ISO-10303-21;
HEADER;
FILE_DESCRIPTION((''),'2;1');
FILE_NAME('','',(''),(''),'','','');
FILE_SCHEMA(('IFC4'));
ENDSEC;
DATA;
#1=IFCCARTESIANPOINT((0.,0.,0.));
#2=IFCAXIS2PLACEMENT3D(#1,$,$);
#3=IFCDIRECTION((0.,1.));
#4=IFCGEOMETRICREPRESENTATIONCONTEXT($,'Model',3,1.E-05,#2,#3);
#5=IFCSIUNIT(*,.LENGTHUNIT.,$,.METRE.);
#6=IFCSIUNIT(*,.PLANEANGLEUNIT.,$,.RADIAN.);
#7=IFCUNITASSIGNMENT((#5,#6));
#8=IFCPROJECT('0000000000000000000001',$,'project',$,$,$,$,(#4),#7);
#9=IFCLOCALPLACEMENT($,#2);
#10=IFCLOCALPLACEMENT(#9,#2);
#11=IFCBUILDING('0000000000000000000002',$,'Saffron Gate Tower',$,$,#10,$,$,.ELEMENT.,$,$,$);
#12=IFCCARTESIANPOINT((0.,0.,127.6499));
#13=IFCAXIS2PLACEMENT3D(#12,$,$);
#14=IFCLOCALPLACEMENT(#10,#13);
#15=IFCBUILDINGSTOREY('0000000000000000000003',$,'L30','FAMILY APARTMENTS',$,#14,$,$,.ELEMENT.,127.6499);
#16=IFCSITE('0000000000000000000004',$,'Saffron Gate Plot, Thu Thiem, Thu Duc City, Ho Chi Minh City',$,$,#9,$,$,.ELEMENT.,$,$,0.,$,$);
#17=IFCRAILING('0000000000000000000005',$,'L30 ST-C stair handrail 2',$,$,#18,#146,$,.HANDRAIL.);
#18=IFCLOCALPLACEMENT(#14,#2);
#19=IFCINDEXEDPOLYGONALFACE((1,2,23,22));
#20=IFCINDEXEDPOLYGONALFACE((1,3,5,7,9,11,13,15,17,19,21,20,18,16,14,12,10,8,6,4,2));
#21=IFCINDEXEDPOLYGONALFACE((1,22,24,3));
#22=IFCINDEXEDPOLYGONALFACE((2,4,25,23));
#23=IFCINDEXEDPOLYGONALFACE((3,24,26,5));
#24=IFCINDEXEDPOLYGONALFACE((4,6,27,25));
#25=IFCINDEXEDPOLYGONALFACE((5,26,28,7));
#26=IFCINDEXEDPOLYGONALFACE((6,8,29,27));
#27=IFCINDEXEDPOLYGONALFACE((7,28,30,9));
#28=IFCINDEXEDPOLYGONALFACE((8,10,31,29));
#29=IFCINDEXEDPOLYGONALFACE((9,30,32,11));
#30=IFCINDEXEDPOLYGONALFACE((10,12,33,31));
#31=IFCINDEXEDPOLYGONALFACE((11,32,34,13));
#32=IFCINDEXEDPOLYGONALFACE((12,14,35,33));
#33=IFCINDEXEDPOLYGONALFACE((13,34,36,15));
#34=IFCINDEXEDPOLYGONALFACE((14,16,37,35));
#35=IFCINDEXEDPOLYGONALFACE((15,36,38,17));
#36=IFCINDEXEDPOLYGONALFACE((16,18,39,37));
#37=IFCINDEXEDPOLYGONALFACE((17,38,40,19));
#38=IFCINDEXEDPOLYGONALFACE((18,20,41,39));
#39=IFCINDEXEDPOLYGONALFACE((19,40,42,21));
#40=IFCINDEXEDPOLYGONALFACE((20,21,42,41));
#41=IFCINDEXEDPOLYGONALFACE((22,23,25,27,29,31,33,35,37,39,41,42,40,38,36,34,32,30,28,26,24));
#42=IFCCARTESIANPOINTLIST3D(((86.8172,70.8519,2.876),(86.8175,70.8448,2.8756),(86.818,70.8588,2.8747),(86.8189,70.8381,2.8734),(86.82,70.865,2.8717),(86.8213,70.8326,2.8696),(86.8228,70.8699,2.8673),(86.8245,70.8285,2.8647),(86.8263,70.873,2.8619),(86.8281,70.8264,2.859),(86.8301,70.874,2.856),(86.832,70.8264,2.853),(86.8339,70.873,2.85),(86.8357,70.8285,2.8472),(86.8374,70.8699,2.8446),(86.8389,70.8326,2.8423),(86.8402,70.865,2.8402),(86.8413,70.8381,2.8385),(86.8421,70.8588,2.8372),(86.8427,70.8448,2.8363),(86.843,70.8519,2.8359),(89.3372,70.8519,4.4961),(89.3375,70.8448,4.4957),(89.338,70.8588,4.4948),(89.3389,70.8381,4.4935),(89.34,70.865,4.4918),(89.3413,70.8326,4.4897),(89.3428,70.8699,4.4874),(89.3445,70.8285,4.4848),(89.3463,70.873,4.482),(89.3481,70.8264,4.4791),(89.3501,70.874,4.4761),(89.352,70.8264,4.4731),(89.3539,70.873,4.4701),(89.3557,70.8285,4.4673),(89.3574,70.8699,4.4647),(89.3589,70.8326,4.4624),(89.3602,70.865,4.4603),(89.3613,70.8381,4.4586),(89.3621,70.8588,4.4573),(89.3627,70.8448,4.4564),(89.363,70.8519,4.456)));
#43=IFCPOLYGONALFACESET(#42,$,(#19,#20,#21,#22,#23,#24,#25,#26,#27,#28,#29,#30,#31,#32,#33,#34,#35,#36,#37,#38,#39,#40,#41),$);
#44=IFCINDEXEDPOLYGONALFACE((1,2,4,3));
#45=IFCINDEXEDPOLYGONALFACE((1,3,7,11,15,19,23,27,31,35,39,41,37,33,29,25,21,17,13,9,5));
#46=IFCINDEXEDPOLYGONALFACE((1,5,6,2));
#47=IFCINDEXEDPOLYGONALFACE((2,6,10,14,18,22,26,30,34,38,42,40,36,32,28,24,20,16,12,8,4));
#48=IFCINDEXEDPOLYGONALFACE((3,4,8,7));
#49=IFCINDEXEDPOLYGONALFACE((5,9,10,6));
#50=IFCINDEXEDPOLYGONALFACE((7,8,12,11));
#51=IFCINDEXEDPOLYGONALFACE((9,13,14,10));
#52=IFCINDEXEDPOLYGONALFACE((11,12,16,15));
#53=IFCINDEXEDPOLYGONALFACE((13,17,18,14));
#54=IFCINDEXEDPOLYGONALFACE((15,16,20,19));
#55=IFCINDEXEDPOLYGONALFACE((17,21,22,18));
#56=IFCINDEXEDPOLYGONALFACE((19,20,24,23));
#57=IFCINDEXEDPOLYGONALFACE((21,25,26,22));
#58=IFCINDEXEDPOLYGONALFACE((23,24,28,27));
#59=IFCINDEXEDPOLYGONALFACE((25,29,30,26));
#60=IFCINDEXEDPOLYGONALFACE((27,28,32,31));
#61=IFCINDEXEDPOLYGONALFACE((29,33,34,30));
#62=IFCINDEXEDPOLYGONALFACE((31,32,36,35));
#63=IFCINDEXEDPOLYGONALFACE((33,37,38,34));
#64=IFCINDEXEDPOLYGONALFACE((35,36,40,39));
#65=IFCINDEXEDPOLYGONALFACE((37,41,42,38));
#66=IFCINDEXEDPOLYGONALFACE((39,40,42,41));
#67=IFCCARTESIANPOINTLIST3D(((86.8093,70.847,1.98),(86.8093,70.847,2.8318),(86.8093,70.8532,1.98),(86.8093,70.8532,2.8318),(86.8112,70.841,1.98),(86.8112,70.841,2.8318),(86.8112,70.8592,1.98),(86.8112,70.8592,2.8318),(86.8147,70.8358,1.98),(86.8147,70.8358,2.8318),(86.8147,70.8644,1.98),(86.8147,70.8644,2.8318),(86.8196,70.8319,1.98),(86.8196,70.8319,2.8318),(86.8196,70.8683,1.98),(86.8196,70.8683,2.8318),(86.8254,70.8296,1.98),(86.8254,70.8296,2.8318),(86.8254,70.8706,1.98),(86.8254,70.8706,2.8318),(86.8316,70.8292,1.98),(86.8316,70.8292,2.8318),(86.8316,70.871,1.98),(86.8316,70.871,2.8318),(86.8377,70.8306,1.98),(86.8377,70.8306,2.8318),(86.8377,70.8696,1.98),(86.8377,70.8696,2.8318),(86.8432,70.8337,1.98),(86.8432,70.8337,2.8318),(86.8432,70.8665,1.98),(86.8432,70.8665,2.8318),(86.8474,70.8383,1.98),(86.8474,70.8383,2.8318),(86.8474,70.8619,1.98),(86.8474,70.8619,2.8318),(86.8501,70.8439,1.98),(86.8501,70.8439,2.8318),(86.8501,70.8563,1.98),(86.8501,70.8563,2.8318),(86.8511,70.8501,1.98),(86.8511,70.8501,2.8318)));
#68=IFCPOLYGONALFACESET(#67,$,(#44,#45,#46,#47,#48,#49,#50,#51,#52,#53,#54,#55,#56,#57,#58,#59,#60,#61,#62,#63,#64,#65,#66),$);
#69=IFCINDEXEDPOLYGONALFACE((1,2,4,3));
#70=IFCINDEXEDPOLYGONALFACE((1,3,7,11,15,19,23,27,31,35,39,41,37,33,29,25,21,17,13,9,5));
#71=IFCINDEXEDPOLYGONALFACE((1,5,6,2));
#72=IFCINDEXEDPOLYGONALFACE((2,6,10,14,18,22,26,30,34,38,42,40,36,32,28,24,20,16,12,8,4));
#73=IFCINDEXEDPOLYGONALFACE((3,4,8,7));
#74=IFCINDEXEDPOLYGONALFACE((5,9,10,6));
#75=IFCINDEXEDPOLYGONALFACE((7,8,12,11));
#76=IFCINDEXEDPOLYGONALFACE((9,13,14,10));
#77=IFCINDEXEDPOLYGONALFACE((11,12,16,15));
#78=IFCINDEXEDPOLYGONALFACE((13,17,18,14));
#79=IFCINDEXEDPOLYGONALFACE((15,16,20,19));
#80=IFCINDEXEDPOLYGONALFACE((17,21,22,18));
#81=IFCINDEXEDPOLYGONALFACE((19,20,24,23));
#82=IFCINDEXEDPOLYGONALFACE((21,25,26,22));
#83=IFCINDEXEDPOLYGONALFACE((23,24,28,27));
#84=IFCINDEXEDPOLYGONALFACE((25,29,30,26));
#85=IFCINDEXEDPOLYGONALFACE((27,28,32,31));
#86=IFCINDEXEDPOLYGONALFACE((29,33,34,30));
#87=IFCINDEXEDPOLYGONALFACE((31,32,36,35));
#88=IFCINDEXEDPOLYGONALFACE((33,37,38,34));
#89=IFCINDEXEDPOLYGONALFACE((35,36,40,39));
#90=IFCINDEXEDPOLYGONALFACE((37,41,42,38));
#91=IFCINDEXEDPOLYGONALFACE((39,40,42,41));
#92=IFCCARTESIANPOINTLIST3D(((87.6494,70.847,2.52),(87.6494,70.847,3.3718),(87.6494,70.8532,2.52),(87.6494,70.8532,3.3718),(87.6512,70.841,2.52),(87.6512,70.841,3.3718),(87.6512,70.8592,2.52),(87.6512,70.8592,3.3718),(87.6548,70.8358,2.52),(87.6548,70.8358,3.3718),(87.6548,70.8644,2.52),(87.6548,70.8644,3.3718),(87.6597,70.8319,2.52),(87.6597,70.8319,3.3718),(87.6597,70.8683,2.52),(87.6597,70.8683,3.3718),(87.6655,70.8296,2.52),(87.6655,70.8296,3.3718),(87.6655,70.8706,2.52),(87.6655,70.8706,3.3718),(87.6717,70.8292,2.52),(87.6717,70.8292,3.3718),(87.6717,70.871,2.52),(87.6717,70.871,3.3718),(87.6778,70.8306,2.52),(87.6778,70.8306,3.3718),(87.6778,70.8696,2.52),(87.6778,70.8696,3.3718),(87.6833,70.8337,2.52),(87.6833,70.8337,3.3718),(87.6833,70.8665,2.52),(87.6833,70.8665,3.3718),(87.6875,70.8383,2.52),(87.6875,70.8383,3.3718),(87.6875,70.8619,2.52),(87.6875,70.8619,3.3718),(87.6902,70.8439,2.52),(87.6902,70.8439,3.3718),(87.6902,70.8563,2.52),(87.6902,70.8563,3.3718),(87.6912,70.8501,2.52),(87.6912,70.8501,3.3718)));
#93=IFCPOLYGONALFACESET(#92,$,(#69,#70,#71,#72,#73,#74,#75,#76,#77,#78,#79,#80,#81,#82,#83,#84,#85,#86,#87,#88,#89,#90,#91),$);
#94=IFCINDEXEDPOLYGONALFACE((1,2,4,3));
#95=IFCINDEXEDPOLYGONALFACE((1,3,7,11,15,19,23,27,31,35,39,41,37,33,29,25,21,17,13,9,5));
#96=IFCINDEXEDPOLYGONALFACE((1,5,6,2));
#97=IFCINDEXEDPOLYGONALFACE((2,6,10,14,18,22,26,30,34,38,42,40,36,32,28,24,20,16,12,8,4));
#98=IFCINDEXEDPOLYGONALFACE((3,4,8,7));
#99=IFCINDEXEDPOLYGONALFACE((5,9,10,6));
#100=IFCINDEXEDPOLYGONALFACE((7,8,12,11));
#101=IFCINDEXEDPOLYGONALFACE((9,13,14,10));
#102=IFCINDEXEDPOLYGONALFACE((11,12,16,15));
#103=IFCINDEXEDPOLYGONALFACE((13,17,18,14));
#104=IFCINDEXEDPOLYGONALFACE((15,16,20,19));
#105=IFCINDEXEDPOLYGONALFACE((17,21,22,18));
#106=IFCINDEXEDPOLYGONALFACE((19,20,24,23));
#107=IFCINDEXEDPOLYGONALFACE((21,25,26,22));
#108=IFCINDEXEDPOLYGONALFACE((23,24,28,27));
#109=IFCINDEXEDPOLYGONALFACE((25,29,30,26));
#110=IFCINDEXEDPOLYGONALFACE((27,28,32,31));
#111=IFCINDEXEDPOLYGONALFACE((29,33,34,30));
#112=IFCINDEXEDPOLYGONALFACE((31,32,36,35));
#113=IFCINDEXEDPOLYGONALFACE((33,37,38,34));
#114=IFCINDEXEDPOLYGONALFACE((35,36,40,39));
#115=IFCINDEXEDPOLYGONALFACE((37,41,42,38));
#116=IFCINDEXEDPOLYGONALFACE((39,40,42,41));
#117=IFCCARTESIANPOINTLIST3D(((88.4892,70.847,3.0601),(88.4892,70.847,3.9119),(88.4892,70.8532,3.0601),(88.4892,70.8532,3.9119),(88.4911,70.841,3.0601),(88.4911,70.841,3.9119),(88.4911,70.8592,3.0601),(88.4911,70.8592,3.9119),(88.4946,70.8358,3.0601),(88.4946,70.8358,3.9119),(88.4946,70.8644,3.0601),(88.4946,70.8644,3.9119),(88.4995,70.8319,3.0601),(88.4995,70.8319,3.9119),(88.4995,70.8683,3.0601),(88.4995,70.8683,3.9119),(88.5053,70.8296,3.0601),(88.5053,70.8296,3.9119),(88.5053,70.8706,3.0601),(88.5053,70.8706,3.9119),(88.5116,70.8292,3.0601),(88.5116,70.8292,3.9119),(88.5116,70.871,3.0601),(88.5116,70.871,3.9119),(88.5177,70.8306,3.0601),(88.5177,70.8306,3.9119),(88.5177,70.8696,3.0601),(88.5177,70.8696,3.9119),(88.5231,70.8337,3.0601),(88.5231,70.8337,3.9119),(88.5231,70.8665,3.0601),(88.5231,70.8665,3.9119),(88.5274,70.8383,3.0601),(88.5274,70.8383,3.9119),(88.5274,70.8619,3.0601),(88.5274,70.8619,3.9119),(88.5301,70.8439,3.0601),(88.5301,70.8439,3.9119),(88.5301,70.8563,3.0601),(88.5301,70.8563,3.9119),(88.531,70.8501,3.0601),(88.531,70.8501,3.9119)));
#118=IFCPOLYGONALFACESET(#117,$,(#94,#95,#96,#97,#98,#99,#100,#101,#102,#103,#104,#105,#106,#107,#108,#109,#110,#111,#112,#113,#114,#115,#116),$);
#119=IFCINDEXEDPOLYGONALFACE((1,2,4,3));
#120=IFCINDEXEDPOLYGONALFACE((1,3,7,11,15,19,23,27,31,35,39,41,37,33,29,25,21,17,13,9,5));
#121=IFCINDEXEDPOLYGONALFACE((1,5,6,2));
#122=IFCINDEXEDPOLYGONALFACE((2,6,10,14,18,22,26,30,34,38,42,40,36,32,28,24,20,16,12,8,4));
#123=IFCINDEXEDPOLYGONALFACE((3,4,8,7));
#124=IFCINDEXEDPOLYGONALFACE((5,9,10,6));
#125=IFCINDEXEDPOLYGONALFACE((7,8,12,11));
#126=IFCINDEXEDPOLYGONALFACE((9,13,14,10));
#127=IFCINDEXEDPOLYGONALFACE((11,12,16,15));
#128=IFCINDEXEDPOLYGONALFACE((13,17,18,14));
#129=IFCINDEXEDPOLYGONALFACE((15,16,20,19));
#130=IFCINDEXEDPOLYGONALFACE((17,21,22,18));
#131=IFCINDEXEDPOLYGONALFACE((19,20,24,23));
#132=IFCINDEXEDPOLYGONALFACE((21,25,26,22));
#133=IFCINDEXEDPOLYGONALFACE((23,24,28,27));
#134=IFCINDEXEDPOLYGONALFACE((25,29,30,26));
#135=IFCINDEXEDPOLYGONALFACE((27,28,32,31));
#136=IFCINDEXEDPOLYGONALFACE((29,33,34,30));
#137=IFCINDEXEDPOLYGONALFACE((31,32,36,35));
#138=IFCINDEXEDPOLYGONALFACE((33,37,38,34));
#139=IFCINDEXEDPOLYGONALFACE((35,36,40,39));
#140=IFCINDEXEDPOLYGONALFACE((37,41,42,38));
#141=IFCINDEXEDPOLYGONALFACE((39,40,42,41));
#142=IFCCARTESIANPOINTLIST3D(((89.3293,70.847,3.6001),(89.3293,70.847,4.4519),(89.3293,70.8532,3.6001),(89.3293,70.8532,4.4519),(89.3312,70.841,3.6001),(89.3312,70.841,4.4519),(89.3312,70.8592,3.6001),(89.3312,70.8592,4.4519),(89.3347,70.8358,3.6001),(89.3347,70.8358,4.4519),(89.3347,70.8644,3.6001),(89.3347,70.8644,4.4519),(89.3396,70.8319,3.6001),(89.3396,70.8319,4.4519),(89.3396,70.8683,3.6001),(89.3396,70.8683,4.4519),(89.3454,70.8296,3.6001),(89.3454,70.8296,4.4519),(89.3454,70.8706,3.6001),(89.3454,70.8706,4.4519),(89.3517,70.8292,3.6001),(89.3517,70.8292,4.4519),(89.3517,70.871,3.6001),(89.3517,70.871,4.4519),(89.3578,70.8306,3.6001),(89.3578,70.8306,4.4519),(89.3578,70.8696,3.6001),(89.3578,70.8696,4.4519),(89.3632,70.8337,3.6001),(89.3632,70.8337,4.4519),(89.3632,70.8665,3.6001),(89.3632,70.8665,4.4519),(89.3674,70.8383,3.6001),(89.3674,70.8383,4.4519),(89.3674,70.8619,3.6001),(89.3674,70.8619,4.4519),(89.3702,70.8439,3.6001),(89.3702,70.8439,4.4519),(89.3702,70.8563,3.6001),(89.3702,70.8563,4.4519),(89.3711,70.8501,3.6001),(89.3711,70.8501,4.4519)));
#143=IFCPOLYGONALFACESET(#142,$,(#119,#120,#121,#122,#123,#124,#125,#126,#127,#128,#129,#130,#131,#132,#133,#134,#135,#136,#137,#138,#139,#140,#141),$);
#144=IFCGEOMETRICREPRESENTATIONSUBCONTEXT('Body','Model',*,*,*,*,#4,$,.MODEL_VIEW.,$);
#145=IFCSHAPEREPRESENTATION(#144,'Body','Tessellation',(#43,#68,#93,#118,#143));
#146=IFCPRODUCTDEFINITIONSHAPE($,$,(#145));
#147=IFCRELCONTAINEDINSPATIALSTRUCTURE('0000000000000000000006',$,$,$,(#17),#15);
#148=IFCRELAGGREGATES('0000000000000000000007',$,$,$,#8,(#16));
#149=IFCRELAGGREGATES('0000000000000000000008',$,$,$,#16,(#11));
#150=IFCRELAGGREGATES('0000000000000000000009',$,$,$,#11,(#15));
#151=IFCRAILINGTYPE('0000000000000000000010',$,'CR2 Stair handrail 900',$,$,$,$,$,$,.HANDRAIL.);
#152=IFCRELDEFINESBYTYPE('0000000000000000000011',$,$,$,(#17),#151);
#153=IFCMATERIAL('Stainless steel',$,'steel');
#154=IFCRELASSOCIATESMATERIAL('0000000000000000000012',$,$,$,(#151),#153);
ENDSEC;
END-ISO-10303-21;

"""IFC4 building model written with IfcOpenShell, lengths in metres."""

from ifc_helpers import new_model, si_unit, direction, frame, origin, origin_2d, place, context, subcontext, project, spatial, circle, extrude, material, type_object, element, save


model = new_model("IFC4")

# Units and contexts
model_context = context("Model", 3, precision=1e-05, world=origin(), true_north=direction((0.0, 1.0)))
body_context = subcontext(model_context, "Body", "Model", "MODEL_VIEW")
ifc_project = project(units=[si_unit("LENGTHUNIT", "METRE"), si_unit("PLANEANGLEUNIT", "RADIAN")], contexts=[model_context])

# Site, building, storey
site_placement = place(None, origin())
site = spatial("IfcSite", under=ifc_project, at=site_placement, Name="Saffron Gate Plot, Thu Thiem, Thu Duc City, Ho Chi Minh City", CompositionType="ELEMENT", RefElevation=0.0)
building_placement = place(site_placement, origin())
building = spatial("IfcBuilding", under=site, at=building_placement, Name="Saffron Gate Tower", CompositionType="ELEMENT")
storey_placement = place(building_placement, frame((0.0, 0.0, 127.6499)))
storey = spatial("IfcBuildingStorey", under=building, at=storey_placement, Name="L30", Description="FAMILY APARTMENTS", CompositionType="ELEMENT", Elevation=127.6499)

# Railing
ifc_material_1 = material(Name="Stainless steel", Category="steel")
railing_type_1 = type_object("IfcRailingType", Name="CR2 Stair handrail 900", PredefinedType="HANDRAIL", material=ifc_material_1)
railing_1_placement = place(storey_placement, frame((86.8301, 70.8501, 1.98)))
element("IfcRailing", 1, at=railing_1_placement, inside=storey, type_object=railing_type_1, Name="L30 ST-C stair handrail 2", PredefinedType="HANDRAIL", context=body_context, shape_type="SweptSolid", body=[
    extrude(circle(Radius=0.0239, at=origin_2d()), frame((0.0, 0.0, 0.876), z_axis=(0.841163, 0.0, 0.540782), x_axis=(0.0, 1.0, 0.0)), (0.0, 0.0, 1.0), 2.9958),
    extrude(circle(Radius=0.021, at=origin_2d()), origin(), (0.0, 0.0, 1.0), 0.8518),
    extrude(circle(Radius=0.021, at=origin_2d()), frame((0.8401, 0.0, 0.54)), (0.0, 0.0, 1.0), 0.8518),
    extrude(circle(Radius=0.021, at=origin_2d()), frame((1.6799, 0.0, 1.0801)), (0.0, 0.0, 1.0), 0.8518),
    extrude(circle(Radius=0.021, at=origin_2d()), frame((2.52, 0.0, 1.6201)), (0.0, 0.0, 1.0), 0.8518),
])

save(model, "model.ifc")
